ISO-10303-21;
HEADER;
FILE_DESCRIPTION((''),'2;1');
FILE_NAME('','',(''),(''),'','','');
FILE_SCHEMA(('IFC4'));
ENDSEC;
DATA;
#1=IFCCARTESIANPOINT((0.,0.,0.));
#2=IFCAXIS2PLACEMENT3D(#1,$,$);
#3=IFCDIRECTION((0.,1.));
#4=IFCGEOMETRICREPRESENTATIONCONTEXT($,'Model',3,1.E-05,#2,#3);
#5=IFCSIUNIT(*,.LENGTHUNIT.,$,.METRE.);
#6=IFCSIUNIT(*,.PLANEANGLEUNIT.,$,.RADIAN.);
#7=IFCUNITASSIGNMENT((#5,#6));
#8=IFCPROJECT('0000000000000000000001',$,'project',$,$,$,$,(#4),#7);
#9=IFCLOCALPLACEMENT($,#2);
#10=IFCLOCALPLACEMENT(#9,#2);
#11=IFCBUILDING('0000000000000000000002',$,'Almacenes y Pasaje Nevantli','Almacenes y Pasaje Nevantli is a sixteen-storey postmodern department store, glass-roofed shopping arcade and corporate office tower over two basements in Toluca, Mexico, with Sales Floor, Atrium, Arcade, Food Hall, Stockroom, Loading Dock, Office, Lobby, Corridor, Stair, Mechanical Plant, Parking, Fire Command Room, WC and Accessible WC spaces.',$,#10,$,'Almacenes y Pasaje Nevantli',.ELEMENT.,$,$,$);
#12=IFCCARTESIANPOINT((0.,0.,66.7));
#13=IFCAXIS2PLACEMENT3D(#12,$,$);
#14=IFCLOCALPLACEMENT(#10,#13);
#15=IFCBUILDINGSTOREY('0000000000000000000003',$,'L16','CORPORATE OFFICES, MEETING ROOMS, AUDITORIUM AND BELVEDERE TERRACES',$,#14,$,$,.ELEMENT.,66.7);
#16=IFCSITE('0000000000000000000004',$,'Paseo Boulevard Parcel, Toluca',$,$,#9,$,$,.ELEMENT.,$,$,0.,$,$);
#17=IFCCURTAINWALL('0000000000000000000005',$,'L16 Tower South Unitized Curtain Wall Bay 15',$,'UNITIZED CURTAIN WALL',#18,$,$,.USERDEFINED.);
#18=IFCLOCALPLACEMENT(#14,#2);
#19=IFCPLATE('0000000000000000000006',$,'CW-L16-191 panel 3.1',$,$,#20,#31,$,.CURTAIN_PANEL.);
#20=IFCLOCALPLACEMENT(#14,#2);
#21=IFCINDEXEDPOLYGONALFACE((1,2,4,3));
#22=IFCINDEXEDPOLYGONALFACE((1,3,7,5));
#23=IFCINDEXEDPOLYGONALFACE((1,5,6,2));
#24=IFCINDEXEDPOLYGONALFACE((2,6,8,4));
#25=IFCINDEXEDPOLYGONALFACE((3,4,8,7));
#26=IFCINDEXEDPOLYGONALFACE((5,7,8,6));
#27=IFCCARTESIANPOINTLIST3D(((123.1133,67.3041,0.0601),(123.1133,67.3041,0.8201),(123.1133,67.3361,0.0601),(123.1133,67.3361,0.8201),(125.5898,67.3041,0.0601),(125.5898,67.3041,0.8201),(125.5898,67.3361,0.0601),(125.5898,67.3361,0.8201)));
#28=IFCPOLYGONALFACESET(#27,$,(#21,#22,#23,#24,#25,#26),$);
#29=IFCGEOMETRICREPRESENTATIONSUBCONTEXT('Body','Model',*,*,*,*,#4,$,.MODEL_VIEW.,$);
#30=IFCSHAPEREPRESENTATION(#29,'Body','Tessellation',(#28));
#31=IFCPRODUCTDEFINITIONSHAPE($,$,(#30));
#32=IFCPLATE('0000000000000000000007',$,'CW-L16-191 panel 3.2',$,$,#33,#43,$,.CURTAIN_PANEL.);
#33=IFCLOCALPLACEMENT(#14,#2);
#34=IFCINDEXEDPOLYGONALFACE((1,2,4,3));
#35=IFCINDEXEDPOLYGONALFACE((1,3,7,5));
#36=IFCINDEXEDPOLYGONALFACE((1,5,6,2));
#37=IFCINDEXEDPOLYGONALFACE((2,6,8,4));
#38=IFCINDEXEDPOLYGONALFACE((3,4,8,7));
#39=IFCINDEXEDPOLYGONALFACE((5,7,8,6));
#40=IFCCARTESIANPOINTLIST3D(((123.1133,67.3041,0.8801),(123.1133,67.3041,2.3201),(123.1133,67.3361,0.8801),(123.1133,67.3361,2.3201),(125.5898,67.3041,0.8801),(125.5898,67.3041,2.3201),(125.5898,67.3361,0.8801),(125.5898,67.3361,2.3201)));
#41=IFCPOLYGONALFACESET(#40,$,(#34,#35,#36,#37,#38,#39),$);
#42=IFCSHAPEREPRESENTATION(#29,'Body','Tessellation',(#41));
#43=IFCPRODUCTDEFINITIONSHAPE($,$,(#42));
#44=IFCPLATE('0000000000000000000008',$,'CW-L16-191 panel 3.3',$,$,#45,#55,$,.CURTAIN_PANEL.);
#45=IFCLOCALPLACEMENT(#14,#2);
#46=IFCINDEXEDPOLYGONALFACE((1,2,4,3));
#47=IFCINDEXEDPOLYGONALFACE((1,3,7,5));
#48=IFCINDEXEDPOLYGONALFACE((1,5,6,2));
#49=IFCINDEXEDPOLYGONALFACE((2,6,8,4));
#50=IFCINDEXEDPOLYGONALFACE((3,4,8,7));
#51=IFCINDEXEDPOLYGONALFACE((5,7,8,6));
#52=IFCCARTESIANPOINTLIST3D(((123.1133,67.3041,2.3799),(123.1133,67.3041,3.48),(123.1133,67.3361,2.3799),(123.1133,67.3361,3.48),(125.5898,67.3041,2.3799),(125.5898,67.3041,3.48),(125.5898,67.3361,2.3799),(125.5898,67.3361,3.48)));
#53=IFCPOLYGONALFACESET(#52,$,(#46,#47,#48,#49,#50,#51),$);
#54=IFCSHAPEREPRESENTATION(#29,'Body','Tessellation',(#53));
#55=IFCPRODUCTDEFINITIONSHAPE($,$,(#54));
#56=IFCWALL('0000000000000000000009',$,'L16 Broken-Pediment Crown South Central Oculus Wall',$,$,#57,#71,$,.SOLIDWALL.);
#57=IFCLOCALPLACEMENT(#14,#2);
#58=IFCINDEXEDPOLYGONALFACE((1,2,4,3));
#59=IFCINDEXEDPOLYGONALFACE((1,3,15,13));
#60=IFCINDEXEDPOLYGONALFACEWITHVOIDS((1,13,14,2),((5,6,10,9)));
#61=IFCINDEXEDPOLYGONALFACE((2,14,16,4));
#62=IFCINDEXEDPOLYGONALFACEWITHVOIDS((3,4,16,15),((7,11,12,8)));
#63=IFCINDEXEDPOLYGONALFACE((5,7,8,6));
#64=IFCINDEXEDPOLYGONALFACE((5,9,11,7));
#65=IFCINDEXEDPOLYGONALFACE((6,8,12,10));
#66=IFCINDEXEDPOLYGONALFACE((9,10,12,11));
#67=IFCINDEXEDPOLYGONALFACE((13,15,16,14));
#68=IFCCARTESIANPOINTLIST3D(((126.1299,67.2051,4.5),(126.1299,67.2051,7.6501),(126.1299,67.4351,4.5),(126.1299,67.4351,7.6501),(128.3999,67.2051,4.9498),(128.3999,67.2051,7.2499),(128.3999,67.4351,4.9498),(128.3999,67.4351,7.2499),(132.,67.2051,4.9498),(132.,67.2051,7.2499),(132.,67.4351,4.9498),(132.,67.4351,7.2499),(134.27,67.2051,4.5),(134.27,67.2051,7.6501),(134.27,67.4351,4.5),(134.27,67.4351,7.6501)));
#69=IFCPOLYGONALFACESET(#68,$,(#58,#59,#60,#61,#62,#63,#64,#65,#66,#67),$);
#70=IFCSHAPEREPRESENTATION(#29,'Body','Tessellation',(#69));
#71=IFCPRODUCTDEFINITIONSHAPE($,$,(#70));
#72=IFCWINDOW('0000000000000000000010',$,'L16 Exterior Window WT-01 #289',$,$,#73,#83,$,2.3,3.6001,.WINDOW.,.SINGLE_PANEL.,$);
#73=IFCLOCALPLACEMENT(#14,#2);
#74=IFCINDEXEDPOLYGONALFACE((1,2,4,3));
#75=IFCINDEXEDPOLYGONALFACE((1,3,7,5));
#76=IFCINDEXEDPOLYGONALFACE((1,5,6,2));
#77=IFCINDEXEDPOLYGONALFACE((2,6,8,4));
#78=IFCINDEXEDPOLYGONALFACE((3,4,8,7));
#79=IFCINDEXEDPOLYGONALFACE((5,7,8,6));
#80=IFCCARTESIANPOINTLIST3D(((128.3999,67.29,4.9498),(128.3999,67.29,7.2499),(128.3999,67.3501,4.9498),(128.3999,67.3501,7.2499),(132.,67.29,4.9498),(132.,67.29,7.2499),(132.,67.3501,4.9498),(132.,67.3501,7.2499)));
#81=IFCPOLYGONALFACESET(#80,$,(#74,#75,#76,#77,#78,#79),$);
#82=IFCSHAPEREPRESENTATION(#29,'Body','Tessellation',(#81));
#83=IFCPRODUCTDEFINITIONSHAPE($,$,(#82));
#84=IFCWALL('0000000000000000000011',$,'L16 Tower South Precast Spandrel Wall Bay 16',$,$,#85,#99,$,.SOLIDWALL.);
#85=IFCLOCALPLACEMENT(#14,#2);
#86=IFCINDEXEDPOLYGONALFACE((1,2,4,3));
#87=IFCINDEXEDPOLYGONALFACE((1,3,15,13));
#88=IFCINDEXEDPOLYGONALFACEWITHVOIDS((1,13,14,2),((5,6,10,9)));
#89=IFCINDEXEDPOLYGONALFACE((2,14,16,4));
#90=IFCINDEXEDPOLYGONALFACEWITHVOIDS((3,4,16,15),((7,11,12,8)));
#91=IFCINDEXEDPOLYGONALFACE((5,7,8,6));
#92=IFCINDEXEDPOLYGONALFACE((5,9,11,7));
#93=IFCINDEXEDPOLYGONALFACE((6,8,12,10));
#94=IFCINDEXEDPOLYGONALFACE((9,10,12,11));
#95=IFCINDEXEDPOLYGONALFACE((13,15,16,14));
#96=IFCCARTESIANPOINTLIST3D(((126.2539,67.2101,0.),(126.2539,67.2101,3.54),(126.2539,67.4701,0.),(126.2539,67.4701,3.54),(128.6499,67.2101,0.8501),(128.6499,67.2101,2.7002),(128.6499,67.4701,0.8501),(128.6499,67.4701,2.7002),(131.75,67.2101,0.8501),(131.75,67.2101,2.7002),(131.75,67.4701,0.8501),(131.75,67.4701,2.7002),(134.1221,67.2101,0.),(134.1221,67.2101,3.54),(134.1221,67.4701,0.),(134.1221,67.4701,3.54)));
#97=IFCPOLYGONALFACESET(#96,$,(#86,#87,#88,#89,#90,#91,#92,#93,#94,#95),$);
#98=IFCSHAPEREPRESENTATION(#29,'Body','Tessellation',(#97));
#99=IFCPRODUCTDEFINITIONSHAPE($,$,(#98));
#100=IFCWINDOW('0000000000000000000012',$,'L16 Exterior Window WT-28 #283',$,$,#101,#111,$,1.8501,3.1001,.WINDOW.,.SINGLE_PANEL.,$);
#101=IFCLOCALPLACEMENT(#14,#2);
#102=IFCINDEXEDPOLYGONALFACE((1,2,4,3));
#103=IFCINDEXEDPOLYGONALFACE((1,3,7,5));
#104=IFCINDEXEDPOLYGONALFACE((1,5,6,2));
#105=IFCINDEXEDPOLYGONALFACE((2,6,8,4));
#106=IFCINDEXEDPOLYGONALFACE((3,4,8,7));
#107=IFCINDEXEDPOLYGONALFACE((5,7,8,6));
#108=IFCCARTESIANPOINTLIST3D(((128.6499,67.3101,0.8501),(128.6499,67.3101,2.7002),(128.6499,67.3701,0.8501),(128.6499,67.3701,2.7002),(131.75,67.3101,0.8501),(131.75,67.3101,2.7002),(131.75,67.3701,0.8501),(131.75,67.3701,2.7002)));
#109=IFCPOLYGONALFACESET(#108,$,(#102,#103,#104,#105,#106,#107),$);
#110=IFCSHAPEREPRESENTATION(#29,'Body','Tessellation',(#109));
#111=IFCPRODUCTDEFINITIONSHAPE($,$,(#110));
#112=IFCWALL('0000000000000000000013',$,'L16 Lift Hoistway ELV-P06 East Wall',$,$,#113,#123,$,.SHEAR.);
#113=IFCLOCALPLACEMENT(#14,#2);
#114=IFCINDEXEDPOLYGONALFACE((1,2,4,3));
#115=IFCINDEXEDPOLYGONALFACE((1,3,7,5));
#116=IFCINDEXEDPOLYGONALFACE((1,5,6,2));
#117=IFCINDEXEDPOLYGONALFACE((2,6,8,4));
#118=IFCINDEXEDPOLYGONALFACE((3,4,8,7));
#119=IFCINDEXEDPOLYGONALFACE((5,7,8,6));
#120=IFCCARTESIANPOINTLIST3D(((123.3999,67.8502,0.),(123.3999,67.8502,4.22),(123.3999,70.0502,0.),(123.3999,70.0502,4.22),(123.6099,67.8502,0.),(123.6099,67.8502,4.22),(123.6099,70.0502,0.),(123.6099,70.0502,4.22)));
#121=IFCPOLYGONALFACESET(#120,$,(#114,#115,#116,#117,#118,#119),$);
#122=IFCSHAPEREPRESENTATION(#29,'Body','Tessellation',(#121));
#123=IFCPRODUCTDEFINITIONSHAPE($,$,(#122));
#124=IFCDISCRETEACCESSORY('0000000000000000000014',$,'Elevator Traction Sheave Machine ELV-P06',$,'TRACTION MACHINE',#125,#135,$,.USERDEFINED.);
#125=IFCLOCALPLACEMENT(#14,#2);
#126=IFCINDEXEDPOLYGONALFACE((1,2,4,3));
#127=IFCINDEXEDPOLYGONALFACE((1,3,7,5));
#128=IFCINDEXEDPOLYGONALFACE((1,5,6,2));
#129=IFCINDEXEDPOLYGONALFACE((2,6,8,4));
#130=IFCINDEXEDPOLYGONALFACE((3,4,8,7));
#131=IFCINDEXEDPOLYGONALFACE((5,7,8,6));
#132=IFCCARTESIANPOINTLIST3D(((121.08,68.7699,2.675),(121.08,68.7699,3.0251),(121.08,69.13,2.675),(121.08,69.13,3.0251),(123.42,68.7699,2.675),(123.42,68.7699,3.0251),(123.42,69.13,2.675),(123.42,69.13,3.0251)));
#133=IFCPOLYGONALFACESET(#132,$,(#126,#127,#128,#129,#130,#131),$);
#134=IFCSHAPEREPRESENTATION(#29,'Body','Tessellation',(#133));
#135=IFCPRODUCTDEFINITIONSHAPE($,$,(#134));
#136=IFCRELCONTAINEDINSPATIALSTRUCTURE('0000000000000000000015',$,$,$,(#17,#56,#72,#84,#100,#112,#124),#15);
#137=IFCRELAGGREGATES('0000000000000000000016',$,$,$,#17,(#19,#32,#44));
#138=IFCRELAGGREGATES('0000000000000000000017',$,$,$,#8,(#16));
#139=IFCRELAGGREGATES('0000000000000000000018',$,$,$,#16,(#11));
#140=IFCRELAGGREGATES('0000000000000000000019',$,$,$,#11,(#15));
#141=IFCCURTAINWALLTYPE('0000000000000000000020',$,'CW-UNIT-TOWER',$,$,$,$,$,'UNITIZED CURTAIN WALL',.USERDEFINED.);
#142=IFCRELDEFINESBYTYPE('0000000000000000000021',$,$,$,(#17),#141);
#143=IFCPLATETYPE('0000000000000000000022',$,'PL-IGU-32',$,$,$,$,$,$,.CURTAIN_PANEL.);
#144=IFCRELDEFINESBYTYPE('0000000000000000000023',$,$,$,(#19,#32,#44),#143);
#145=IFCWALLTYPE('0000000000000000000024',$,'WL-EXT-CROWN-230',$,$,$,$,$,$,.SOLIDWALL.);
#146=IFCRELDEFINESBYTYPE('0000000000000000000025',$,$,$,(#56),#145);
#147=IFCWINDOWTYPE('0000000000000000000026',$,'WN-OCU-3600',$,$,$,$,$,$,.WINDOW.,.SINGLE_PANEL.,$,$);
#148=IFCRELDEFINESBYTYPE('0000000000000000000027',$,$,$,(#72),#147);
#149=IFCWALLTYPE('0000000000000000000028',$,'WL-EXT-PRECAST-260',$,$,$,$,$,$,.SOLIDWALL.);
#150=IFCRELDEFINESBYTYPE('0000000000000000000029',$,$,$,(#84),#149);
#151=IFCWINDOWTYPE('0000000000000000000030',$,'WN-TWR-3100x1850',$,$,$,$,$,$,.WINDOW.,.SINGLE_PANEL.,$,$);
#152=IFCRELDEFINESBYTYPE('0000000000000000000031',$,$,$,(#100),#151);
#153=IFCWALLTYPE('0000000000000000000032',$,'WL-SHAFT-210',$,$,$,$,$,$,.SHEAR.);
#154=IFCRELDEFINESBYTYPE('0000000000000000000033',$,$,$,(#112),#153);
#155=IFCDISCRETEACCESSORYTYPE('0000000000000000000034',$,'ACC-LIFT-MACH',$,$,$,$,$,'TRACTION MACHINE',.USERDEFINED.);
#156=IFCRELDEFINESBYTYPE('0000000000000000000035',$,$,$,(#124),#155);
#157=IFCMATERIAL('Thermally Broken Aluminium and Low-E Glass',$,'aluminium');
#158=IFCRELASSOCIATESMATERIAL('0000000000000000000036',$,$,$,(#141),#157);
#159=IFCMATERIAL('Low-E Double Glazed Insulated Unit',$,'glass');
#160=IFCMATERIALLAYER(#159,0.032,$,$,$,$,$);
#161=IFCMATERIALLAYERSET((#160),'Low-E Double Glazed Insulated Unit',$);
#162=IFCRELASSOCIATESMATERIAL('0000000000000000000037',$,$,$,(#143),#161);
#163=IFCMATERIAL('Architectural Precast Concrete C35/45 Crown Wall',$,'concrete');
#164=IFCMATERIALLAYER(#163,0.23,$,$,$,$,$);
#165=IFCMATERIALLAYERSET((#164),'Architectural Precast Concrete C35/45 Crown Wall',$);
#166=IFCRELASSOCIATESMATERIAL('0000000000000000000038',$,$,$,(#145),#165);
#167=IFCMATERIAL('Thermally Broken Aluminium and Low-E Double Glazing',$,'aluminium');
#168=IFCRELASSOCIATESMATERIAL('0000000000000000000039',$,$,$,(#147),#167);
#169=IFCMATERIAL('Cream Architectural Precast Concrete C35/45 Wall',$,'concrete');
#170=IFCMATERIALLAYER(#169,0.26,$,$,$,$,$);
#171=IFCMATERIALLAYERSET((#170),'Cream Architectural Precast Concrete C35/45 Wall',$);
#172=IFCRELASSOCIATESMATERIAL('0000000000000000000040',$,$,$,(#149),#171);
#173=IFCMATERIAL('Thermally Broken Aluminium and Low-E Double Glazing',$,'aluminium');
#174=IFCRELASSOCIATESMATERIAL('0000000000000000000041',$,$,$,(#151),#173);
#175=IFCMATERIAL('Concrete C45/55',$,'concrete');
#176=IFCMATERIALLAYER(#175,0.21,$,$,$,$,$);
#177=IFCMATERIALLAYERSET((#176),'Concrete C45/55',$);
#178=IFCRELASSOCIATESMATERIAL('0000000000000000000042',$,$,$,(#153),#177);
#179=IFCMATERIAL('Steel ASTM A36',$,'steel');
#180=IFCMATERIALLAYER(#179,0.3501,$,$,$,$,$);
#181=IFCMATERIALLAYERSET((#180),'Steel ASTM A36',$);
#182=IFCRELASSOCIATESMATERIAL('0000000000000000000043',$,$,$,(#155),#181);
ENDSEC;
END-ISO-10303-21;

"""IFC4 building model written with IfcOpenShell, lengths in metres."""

from ifc_helpers import new_model, si_unit, direction, frame, frame_2d, origin, origin_2d, place, context, subcontext, project, spatial, rectangle, extrude, material, layer, layer_set, type_object, element, fill, aggregate, save


model = new_model("IFC4")

# Units and contexts
model_context = context("Model", 3, precision=1e-05, world=origin(), true_north=direction((0.0, 1.0)))
body_context = subcontext(model_context, "Body", "Model", "MODEL_VIEW")
ifc_project = project(units=[si_unit("LENGTHUNIT", "METRE"), si_unit("PLANEANGLEUNIT", "RADIAN")], contexts=[model_context])

# Site, building, storey
site_placement = place(None, origin())
site = spatial("IfcSite", under=ifc_project, at=site_placement, Name="Paseo Boulevard Parcel, Toluca", CompositionType="ELEMENT", RefElevation=0.0)
building_placement = place(site_placement, origin())
building = spatial("IfcBuilding", under=site, at=building_placement, Name="Almacenes y Pasaje Nevantli", Description="Almacenes y Pasaje Nevantli is a sixteen-storey postmodern department store, glass-roofed shopping arcade and corporate office tower over two basements in Toluca, Mexico, with Sales Floor, Atrium, Arcade, Food Hall, Stockroom, Loading Dock, Office, Lobby, Corridor, Stair, Mechanical Plant, Parking, Fire Command Room, WC and Accessible WC spaces.", LongName="Almacenes y Pasaje Nevantli", CompositionType="ELEMENT")
storey_placement = place(building_placement, frame((0.0, 0.0, 66.7)))
storey = spatial("IfcBuildingStorey", under=building, at=storey_placement, Name="L16", Description="CORPORATE OFFICES, MEETING ROOMS, AUDITORIUM AND BELVEDERE TERRACES", CompositionType="ELEMENT", Elevation=66.7)

# Curtain wall, plates
ifc_material_1 = material(Name="Thermally Broken Aluminium and Low-E Glass", Category="aluminium")
curtain_wall_type = type_object("IfcCurtainWallType", Name="CW-UNIT-TOWER", ElementType="UNITIZED CURTAIN WALL", PredefinedType="USERDEFINED", material=ifc_material_1)
curtain_wall_placement = place(storey_placement, origin())
curtain_wall = element("IfcCurtainWall", 1, at=curtain_wall_placement, inside=storey, type_object=curtain_wall_type, Name="L16 Tower South Unitized Curtain Wall Bay 15", ObjectType="UNITIZED CURTAIN WALL", PredefinedType="USERDEFINED")
ifc_material_2 = material(Name="Low-E Double Glazed Insulated Unit", Category="glass")
ifc_layer_1 = layer(ifc_material_2, 0.032)
ifc_layer_set_1 = layer_set([ifc_layer_1], Name="Low-E Double Glazed Insulated Unit")
plate_type = type_object("IfcPlateType", Name="PL-IGU-32", PredefinedType="CURTAIN_PANEL", material=ifc_layer_set_1)
plate_1_placement = place(storey_placement, frame((124.3516, 67.3201, 0.0601), z_axis=(0.0, 0.0, 1.0), x_axis=(1.0, 0.0, 0.0)))
plate_1 = element("IfcPlate", 2, at=plate_1_placement, type_object=plate_type, Name="CW-L16-191 panel 3.1", PredefinedType="CURTAIN_PANEL", context=body_context, shape_type="SweptSolid", body=[
    extrude(rectangle(XDim=2.4766, YDim=0.032, at=origin_2d()), origin(), (0.0, 0.0, 1.0), 0.76),
])
plate_2_placement = place(storey_placement, frame((124.3516, 67.3201, 0.8801), z_axis=(0.0, 0.0, 1.0), x_axis=(1.0, 0.0, 0.0)))
plate_2 = element("IfcPlate", 3, at=plate_2_placement, type_object=plate_type, Name="CW-L16-191 panel 3.2", PredefinedType="CURTAIN_PANEL", context=body_context, shape_type="SweptSolid", body=[
    extrude(rectangle(XDim=2.4766, YDim=0.032, at=origin_2d()), origin(), (0.0, 0.0, 1.0), 1.4399),
])
plate_3_placement = place(storey_placement, frame((124.3516, 67.3201, 2.3799), z_axis=(0.0, 0.0, 1.0), x_axis=(1.0, 0.0, 0.0)))
plate_3 = element("IfcPlate", 4, at=plate_3_placement, type_object=plate_type, Name="CW-L16-191 panel 3.3", PredefinedType="CURTAIN_PANEL", context=body_context, shape_type="SweptSolid", body=[
    extrude(rectangle(XDim=2.4766, YDim=0.032, at=origin_2d()), origin(), (0.0, 0.0, 1.0), 1.1001),
])
aggregate(curtain_wall, [plate_1, plate_2, plate_3])

# Walls, openings, windows
ifc_material_3 = material(Name="Architectural Precast Concrete C35/45 Crown Wall", Category="concrete")
ifc_layer_2 = layer(ifc_material_3, 0.23)
ifc_layer_set_2 = layer_set([ifc_layer_2], Name="Architectural Precast Concrete C35/45 Crown Wall")
wall_type_1 = type_object("IfcWallType", Name="WL-EXT-CROWN-230", PredefinedType="SOLIDWALL", material=ifc_layer_set_2)
wall_1_placement = place(storey_placement, frame((126.1299, 67.3201, 4.5), z_axis=(0.0, 0.0, 1.0), x_axis=(1.0, 0.0, 0.0)))
wall_1 = element("IfcWall", 5, at=wall_1_placement, inside=storey, type_object=wall_type_1, Name="L16 Broken-Pediment Crown South Central Oculus Wall", PredefinedType="SOLIDWALL", context=body_context, shape_type="SweptSolid", body=[
    extrude(rectangle(XDim=8.1401, YDim=0.23, at=frame_2d((4.0701, 0.0))), origin(), (0.0, 0.0, 1.0), 3.1501),
])
opening_1_placement = place(wall_1_placement, frame((2.27, 0.0, 0.45)))
opening_1 = element("IfcOpeningElement", 6, at=opening_1_placement, cuts=wall_1, PredefinedType="OPENING", context=body_context, shape_type="SweptSolid", body=[
    extrude(rectangle(XDim=3.6001, YDim=2.3, at=frame_2d((1.8, 1.1499))), frame((0.0, 0.125, 0.0), z_axis=(0.0, -1.0, 0.0), x_axis=(1.0, 0.0, 0.0)), (0.0, 0.0, 1.0), 0.25),
])
ifc_material_4 = material(Name="Thermally Broken Aluminium and Low-E Double Glazing", Category="aluminium")
window_type_1 = type_object("IfcWindowType", Name="WN-OCU-3600", PartitioningType="SINGLE_PANEL", PredefinedType="WINDOW", material=ifc_material_4)
window_1_placement = place(opening_1_placement, origin())
window_1 = element("IfcWindow", 7, at=window_1_placement, inside=storey, type_object=window_type_1, Name="L16 Exterior Window WT-01 #289", OverallHeight=2.3, OverallWidth=3.6001, PartitioningType="SINGLE_PANEL", PredefinedType="WINDOW", context=body_context, shape_type="SweptSolid", body=[
    extrude(rectangle(XDim=3.6001, YDim=2.3, at=frame_2d((1.8, 1.1499))), frame((0.0, 0.03, 0.0), z_axis=(0.0, -1.0, 0.0), x_axis=(1.0, 0.0, 0.0)), (0.0, 0.0, 1.0), 0.0601),
])
fill(opening_1, window_1)
ifc_material_5 = material(Name="Cream Architectural Precast Concrete C35/45 Wall", Category="concrete")
ifc_layer_3 = layer(ifc_material_5, 0.26)
ifc_layer_set_3 = layer_set([ifc_layer_3], Name="Cream Architectural Precast Concrete C35/45 Wall")
wall_type_2 = type_object("IfcWallType", Name="WL-EXT-PRECAST-260", PredefinedType="SOLIDWALL", material=ifc_layer_set_3)
wall_2_placement = place(storey_placement, frame((126.2539, 67.3401, 0.0), z_axis=(0.0, 0.0, 1.0), x_axis=(1.0, 0.0, 0.0)))
wall_2 = element("IfcWall", 8, at=wall_2_placement, inside=storey, type_object=wall_type_2, Name="L16 Tower South Precast Spandrel Wall Bay 16", PredefinedType="SOLIDWALL", context=body_context, shape_type="SweptSolid", body=[
    extrude(rectangle(XDim=7.8682, YDim=0.26, at=frame_2d((3.9341, 0.0))), origin(), (0.0, 0.0, 1.0), 3.54),
])
opening_2_placement = place(wall_2_placement, frame((2.396, 0.0, 0.8501)))
opening_2 = element("IfcOpeningElement", 9, at=opening_2_placement, cuts=wall_2, PredefinedType="OPENING", context=body_context, shape_type="SweptSolid", body=[
    extrude(rectangle(XDim=3.1001, YDim=1.8501, at=frame_2d((1.55, 0.925))), frame((0.0, 0.1399, 0.0), z_axis=(0.0, -1.0, 0.0), x_axis=(1.0, 0.0, 0.0)), (0.0, 0.0, 1.0), 0.28),
])
ifc_material_6 = material(Name="Thermally Broken Aluminium and Low-E Double Glazing", Category="aluminium")
window_type_2 = type_object("IfcWindowType", Name="WN-TWR-3100x1850", PartitioningType="SINGLE_PANEL", PredefinedType="WINDOW", material=ifc_material_6)
window_2_placement = place(opening_2_placement, origin())
window_2 = element("IfcWindow", 10, at=window_2_placement, inside=storey, type_object=window_type_2, Name="L16 Exterior Window WT-28 #283", OverallHeight=1.8501, OverallWidth=3.1001, PartitioningType="SINGLE_PANEL", PredefinedType="WINDOW", context=body_context, shape_type="SweptSolid", body=[
    extrude(rectangle(XDim=3.1001, YDim=1.8501, at=frame_2d((1.55, 0.925))), frame((0.0, 0.03, 0.0), z_axis=(0.0, -1.0, 0.0), x_axis=(1.0, 0.0, 0.0)), (0.0, 0.0, 1.0), 0.0601),
])
fill(opening_2, window_2)

# Wall
ifc_material_7 = material(Name="Concrete C45/55", Category="concrete")
ifc_layer_4 = layer(ifc_material_7, 0.21)
ifc_layer_set_4 = layer_set([ifc_layer_4], Name="Concrete C45/55")
wall_type_3 = type_object("IfcWallType", Name="WL-SHAFT-210", PredefinedType="SHEAR", material=ifc_layer_set_4)
wall_3_placement = place(storey_placement, frame((123.5049, 67.8501, 0.0), z_axis=(0.0, 0.0, 1.0), x_axis=(0.0, 1.0, 0.0)))
element("IfcWall", 11, at=wall_3_placement, inside=storey, type_object=wall_type_3, Name="L16 Lift Hoistway ELV-P06 East Wall", PredefinedType="SHEAR", context=body_context, shape_type="SweptSolid", body=[
    extrude(rectangle(XDim=2.2, YDim=0.21, at=frame_2d((1.1001, 0.0))), origin(), (0.0, 0.0, 1.0), 4.22),
])

# Discrete accessory
ifc_material_8 = material(Name="Steel ASTM A36", Category="steel")
ifc_layer_5 = layer(ifc_material_8, 0.3501)
ifc_layer_set_5 = layer_set([ifc_layer_5], Name="Steel ASTM A36")
discrete_accessory_type = type_object("IfcDiscreteAccessoryType", Name="ACC-LIFT-MACH", ElementType="TRACTION MACHINE", PredefinedType="USERDEFINED", material=ifc_layer_set_5)
discrete_accessory_placement = place(storey_placement, frame((122.25, 68.95, 2.675), z_axis=(0.0, 0.0, 1.0), x_axis=(1.0, 0.0, 0.0)))
element("IfcDiscreteAccessory", 12, at=discrete_accessory_placement, inside=storey, type_object=discrete_accessory_type, Name="Elevator Traction Sheave Machine ELV-P06", ObjectType="TRACTION MACHINE", PredefinedType="USERDEFINED", context=body_context, shape_type="SweptSolid", body=[
    extrude(rectangle(XDim=2.3401, YDim=0.3601, at=origin_2d()), origin(), (0.0, 0.0, 1.0), 0.3501),
])

save(model, "model.ifc")
